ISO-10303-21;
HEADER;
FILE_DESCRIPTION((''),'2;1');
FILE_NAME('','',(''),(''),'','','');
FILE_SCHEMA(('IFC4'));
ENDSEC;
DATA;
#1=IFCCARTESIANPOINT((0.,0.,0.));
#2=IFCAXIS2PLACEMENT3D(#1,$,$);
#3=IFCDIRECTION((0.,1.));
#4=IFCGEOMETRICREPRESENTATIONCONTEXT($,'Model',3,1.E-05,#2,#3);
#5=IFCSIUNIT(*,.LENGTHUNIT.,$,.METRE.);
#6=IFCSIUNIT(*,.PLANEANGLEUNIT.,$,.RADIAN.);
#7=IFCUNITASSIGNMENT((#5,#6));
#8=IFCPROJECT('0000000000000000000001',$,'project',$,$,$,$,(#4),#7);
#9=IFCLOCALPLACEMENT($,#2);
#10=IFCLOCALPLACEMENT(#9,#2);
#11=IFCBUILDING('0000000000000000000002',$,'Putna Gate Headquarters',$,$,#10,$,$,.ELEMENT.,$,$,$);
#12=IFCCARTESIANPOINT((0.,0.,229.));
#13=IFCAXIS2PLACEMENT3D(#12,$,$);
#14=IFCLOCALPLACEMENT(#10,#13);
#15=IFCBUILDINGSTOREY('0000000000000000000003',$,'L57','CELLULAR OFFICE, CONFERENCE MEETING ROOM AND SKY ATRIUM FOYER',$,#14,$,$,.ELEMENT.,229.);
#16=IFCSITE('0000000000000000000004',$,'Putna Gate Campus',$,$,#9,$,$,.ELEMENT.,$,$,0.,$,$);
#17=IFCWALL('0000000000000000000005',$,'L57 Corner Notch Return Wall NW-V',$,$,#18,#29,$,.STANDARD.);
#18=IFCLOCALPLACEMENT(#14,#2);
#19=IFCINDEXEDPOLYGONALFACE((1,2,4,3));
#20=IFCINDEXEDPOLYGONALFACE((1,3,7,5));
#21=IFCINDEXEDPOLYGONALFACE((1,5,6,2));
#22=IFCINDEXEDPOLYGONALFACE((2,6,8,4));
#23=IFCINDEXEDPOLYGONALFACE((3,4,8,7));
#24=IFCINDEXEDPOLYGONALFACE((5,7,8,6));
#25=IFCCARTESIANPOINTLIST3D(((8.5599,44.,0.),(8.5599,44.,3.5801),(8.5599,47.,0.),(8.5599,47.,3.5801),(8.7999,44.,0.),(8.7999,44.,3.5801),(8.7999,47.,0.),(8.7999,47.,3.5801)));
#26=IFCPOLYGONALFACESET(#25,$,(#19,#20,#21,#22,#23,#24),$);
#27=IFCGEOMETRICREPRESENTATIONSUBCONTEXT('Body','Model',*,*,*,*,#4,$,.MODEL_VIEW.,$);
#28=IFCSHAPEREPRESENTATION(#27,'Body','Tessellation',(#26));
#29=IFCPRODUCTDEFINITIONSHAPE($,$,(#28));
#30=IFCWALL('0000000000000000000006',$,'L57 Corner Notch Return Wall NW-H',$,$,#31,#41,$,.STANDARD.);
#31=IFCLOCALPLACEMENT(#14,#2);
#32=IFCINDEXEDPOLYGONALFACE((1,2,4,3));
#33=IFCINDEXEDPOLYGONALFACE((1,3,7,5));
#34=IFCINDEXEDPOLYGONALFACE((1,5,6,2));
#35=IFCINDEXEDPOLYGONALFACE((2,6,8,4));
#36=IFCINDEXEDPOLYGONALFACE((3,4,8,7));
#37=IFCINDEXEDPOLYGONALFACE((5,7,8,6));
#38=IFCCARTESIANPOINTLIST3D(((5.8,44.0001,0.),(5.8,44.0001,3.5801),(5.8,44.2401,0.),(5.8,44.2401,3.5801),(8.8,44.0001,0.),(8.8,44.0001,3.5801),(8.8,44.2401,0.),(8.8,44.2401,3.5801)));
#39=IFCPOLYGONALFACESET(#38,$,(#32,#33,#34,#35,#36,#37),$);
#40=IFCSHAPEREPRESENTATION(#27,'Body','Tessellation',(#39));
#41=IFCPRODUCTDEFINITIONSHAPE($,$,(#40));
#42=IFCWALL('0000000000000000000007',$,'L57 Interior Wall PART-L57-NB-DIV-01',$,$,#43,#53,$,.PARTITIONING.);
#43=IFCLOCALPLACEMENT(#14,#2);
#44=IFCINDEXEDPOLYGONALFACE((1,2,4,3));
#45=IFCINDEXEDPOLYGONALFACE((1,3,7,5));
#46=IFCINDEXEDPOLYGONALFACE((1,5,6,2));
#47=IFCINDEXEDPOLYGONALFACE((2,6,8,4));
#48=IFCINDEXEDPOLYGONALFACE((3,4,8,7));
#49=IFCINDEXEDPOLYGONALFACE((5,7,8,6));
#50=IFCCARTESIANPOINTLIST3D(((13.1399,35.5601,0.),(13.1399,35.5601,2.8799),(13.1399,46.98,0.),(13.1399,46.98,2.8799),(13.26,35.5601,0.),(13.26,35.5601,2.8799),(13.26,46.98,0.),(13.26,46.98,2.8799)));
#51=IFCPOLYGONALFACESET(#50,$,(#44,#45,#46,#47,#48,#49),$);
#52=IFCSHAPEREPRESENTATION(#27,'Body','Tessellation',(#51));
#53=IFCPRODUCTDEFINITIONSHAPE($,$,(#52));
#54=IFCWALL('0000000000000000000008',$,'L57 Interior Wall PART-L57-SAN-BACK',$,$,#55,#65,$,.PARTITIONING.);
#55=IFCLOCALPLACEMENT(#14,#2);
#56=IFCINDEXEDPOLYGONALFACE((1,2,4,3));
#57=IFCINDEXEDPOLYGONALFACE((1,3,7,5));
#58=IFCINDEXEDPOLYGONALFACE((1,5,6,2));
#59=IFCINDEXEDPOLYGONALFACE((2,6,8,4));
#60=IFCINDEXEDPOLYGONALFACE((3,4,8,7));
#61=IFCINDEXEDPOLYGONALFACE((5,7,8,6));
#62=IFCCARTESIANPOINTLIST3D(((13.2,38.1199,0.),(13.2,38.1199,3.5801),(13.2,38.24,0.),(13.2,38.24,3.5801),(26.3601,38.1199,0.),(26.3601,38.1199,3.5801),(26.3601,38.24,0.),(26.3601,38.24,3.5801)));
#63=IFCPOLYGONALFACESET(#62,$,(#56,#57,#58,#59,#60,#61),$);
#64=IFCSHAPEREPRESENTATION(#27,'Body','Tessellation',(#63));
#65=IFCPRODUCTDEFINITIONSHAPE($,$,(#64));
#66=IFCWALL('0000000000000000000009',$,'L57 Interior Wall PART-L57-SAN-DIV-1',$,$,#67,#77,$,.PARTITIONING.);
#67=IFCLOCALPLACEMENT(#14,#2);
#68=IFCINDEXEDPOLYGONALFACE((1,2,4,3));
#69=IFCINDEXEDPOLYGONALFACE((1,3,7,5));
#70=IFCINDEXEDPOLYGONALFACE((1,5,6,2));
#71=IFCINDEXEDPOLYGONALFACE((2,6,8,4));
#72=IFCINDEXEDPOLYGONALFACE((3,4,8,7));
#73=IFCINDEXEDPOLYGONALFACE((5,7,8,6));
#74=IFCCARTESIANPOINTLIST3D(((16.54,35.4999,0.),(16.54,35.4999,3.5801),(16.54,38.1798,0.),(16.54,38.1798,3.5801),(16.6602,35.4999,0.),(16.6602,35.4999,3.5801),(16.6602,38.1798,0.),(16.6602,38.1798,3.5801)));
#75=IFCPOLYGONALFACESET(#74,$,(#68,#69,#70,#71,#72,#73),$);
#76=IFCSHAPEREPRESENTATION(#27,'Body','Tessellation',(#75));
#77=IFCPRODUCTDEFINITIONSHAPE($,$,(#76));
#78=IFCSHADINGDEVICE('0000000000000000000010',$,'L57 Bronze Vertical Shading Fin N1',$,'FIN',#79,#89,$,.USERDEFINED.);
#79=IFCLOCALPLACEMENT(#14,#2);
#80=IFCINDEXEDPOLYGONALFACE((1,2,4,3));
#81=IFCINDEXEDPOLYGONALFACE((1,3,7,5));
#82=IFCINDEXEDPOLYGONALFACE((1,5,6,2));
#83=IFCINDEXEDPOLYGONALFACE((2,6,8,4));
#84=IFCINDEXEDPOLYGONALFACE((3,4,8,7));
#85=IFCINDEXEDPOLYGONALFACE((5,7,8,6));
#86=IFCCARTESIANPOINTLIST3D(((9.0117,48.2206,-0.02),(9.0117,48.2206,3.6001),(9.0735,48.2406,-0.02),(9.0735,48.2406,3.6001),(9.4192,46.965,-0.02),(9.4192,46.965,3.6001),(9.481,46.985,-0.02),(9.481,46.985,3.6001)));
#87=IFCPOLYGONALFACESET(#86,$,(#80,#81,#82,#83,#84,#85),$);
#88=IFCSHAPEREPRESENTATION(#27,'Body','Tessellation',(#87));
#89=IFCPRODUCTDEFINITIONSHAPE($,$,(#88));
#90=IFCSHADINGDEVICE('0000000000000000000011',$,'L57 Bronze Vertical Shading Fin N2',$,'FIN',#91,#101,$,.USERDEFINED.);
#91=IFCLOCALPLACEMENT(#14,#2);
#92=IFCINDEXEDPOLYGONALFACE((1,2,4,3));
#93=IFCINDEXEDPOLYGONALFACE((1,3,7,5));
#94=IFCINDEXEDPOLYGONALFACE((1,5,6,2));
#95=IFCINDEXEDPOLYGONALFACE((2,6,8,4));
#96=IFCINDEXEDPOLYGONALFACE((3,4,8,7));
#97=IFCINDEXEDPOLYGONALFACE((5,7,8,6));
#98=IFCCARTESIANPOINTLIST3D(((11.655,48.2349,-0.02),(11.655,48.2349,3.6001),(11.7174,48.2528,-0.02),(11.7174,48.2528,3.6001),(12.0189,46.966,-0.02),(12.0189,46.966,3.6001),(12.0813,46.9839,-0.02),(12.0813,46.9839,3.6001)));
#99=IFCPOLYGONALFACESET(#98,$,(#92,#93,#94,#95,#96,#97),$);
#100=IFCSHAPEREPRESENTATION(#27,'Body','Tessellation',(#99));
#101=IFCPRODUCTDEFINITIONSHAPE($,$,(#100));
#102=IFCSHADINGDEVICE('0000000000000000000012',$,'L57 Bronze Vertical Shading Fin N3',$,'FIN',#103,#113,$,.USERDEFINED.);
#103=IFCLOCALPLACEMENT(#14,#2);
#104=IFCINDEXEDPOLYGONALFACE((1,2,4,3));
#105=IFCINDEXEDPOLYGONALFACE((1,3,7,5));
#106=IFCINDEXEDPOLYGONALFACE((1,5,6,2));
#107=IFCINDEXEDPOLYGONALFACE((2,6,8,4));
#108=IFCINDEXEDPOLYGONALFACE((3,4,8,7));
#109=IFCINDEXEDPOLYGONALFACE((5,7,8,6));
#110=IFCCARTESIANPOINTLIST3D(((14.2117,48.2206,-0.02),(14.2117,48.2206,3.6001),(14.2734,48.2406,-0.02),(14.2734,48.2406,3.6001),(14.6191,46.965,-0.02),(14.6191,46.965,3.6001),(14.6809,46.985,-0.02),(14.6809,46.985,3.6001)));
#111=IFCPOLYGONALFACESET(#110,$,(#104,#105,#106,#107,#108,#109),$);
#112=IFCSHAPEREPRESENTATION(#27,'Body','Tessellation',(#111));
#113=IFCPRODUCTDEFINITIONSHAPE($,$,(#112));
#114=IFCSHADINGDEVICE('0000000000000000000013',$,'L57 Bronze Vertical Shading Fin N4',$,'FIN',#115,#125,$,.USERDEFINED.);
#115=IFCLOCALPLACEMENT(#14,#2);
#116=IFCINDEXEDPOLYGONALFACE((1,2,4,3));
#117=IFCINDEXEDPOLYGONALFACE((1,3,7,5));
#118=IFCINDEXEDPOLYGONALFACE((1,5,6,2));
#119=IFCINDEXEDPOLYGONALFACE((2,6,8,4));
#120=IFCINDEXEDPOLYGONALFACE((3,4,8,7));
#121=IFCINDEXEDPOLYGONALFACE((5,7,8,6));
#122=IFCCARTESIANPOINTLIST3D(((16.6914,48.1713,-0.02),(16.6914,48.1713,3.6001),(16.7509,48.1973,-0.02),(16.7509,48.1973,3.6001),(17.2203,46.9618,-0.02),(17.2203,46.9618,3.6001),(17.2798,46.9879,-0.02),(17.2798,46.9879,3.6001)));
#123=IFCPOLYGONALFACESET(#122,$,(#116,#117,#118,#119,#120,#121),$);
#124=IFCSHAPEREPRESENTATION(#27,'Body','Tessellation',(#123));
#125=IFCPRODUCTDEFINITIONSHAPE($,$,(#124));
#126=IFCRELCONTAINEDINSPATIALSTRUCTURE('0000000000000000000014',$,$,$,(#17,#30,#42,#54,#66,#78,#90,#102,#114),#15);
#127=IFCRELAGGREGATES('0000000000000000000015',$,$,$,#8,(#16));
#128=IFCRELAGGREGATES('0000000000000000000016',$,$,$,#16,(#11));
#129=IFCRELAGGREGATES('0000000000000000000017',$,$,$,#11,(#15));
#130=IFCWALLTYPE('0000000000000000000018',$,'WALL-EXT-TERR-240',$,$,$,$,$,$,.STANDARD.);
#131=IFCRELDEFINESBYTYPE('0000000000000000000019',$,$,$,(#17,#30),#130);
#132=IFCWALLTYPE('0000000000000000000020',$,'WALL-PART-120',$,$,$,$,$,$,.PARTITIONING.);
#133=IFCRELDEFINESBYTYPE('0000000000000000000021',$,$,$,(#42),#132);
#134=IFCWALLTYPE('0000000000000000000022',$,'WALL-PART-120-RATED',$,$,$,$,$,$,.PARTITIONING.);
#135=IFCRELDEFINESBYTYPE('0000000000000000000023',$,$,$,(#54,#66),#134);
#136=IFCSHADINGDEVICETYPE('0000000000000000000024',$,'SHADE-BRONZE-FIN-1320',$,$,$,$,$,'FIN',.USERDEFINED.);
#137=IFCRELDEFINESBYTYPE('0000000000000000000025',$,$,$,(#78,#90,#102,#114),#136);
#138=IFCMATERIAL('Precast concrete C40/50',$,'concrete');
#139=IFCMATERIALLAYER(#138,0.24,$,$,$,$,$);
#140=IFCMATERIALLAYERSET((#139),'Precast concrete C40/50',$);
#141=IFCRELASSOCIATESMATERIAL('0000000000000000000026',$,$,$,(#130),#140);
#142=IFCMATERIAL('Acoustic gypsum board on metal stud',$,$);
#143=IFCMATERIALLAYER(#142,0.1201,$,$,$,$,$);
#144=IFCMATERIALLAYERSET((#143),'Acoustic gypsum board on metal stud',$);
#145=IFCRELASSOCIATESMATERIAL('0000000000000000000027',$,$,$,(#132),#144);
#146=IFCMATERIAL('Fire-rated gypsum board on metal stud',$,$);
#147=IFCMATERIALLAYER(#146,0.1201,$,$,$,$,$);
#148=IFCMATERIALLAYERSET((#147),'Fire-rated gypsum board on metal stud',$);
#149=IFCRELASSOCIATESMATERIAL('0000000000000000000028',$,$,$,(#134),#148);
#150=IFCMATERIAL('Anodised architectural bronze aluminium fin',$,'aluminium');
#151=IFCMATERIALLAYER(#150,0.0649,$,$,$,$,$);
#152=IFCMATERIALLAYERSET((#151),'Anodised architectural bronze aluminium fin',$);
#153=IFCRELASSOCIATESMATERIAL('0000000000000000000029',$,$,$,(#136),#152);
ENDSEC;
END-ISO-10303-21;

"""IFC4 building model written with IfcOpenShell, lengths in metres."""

from ifc_helpers import new_model, si_unit, direction, frame, frame_2d, origin, origin_2d, place, context, subcontext, project, spatial, rectangle, extrude, material, layer, layer_set, type_object, element, save


model = new_model("IFC4")

# Units and contexts
model_context = context("Model", 3, precision=1e-05, world=origin(), true_north=direction((0.0, 1.0)))
body_context = subcontext(model_context, "Body", "Model", "MODEL_VIEW")
ifc_project = project(units=[si_unit("LENGTHUNIT", "METRE"), si_unit("PLANEANGLEUNIT", "RADIAN")], contexts=[model_context])

# Site, building, storey
site_placement = place(None, origin())
site = spatial("IfcSite", under=ifc_project, at=site_placement, Name="Putna Gate Campus", CompositionType="ELEMENT", RefElevation=0.0)
building_placement = place(site_placement, origin())
building = spatial("IfcBuilding", under=site, at=building_placement, Name="Putna Gate Headquarters", CompositionType="ELEMENT")
storey_placement = place(building_placement, frame((0.0, 0.0, 229.0)))
storey = spatial("IfcBuildingStorey", under=building, at=storey_placement, Name="L57", Description="CELLULAR OFFICE, CONFERENCE MEETING ROOM AND SKY ATRIUM FOYER", CompositionType="ELEMENT", Elevation=229.0)

# Walls
ifc_material_1 = material(Name="Precast concrete C40/50", Category="concrete")
ifc_layer_1 = layer(ifc_material_1, 0.24)
ifc_layer_set_1 = layer_set([ifc_layer_1], Name="Precast concrete C40/50")
wall_type_1 = type_object("IfcWallType", Name="WALL-EXT-TERR-240", PredefinedType="STANDARD", material=ifc_layer_set_1)
for number, where, z_axis, x_axis, name in (
    (1, (8.6799, 44.0, 0.0), (0.0, 0.0, 1.0), (0.0, 1.0, 0.0), "L57 Corner Notch Return Wall NW-V"),
    (2, (5.8, 44.1201, 0.0), (0.0, 0.0, 1.0), (1.0, 0.0, 0.0), "L57 Corner Notch Return Wall NW-H"),
):
    element("IfcWall", number, at=place(storey_placement, frame(where, z_axis=z_axis, x_axis=x_axis)), inside=storey, type_object=wall_type_1, Name=name, PredefinedType="STANDARD", context=body_context, shape_type="SweptSolid", body=[
        extrude(rectangle(XDim=3.0, YDim=0.24, at=frame_2d((1.5, 0.0))), origin(), (0.0, 0.0, 1.0), 3.5801),
    ])
ifc_material_2 = material(Name="Acoustic gypsum board on metal stud")
ifc_layer_2 = layer(ifc_material_2, 0.1201)
ifc_layer_set_2 = layer_set([ifc_layer_2], Name="Acoustic gypsum board on metal stud")
wall_type_2 = type_object("IfcWallType", Name="WALL-PART-120", PredefinedType="PARTITIONING", material=ifc_layer_set_2)
wall_1_placement = place(storey_placement, frame((13.2, 35.5601, 0.0), z_axis=(0.0, 0.0, 1.0), x_axis=(0.0, 1.0, 0.0)))
element("IfcWall", 3, at=wall_1_placement, inside=storey, type_object=wall_type_2, Name="L57 Interior Wall PART-L57-NB-DIV-01", PredefinedType="PARTITIONING", context=body_context, shape_type="SweptSolid", body=[
    extrude(rectangle(XDim=11.4199, YDim=0.1201, at=frame_2d((5.71, 0.0))), origin(), (0.0, 0.0, 1.0), 2.8799),
])

# Shared definitions
ifc_material_3 = material(Name="Fire-rated gypsum board on metal stud")
ifc_layer_3 = layer(ifc_material_3, 0.1201)
ifc_layer_set_3 = layer_set([ifc_layer_3], Name="Fire-rated gypsum board on metal stud")
wall_type_3 = type_object("IfcWallType", Name="WALL-PART-120-RATED", PredefinedType="PARTITIONING", material=ifc_layer_set_3)

# Walls
wall_2_placement = place(storey_placement, frame((13.2, 38.1799, 0.0), z_axis=(0.0, 0.0, 1.0), x_axis=(1.0, 0.0, 0.0)))
element("IfcWall", 4, at=wall_2_placement, inside=storey, type_object=wall_type_3, Name="L57 Interior Wall PART-L57-SAN-BACK", PredefinedType="PARTITIONING", context=body_context, shape_type="SweptSolid", body=[
    extrude(rectangle(XDim=13.1602, YDim=0.1201, at=frame_2d((6.5801, 0.0))), origin(), (0.0, 0.0, 1.0), 3.5801),
])
wall_3_placement = place(storey_placement, frame((16.6001, 35.5, 0.0), z_axis=(0.0, 0.0, 1.0), x_axis=(0.0, 1.0, 0.0)))
element("IfcWall", 5, at=wall_3_placement, inside=storey, type_object=wall_type_3, Name="L57 Interior Wall PART-L57-SAN-DIV-1", PredefinedType="PARTITIONING", context=body_context, shape_type="SweptSolid", body=[
    extrude(rectangle(XDim=2.6799, YDim=0.1201, at=frame_2d((1.3398, 0.0))), origin(), (0.0, 0.0, 1.0), 3.5801),
])

# Shading devices
ifc_material_4 = material(Name="Anodised architectural bronze aluminium fin", Category="aluminium")
ifc_layer_4 = layer(ifc_material_4, 0.0649)
ifc_layer_set_4 = layer_set([ifc_layer_4], Name="Anodised architectural bronze aluminium fin")
shading_device_type = type_object("IfcShadingDeviceType", Name="SHADE-BRONZE-FIN-1320", ElementType="FIN", PredefinedType="USERDEFINED", material=ifc_layer_set_4)
for number, where, z_axis, x_axis, name in (
    (6, (9.2463, 47.6028, -0.02), (0.0, 0.0, 1.0), (-0.308685, 0.951164, 0.0), "L57 Bronze Vertical Shading Fin N1"),
    (7, (11.8682, 47.6094, -0.02), (0.0, 0.0, 1.0), (-0.275637, 0.961262, 0.0), "L57 Bronze Vertical Shading Fin N2"),
    (8, (14.4463, 47.6028, -0.02), (0.0, 0.0, 1.0), (-0.308685, 0.951164, 0.0), "L57 Bronze Vertical Shading Fin N3"),
    (9, (16.9856, 47.5796, -0.02), (0.0, 0.0, 1.0), (-0.400669, 0.916223, 0.0), "L57 Bronze Vertical Shading Fin N4"),
):
    element("IfcShadingDevice", number, at=place(storey_placement, frame(where, z_axis=z_axis, x_axis=x_axis)), inside=storey, type_object=shading_device_type, Name=name, ObjectType="FIN", PredefinedType="USERDEFINED", context=body_context, shape_type="SweptSolid", body=[
        extrude(rectangle(XDim=1.3201, YDim=0.0649, at=origin_2d()), origin(), (0.0, 0.0, 1.0), 3.6201),
    ])

save(model, "model.ifc")
